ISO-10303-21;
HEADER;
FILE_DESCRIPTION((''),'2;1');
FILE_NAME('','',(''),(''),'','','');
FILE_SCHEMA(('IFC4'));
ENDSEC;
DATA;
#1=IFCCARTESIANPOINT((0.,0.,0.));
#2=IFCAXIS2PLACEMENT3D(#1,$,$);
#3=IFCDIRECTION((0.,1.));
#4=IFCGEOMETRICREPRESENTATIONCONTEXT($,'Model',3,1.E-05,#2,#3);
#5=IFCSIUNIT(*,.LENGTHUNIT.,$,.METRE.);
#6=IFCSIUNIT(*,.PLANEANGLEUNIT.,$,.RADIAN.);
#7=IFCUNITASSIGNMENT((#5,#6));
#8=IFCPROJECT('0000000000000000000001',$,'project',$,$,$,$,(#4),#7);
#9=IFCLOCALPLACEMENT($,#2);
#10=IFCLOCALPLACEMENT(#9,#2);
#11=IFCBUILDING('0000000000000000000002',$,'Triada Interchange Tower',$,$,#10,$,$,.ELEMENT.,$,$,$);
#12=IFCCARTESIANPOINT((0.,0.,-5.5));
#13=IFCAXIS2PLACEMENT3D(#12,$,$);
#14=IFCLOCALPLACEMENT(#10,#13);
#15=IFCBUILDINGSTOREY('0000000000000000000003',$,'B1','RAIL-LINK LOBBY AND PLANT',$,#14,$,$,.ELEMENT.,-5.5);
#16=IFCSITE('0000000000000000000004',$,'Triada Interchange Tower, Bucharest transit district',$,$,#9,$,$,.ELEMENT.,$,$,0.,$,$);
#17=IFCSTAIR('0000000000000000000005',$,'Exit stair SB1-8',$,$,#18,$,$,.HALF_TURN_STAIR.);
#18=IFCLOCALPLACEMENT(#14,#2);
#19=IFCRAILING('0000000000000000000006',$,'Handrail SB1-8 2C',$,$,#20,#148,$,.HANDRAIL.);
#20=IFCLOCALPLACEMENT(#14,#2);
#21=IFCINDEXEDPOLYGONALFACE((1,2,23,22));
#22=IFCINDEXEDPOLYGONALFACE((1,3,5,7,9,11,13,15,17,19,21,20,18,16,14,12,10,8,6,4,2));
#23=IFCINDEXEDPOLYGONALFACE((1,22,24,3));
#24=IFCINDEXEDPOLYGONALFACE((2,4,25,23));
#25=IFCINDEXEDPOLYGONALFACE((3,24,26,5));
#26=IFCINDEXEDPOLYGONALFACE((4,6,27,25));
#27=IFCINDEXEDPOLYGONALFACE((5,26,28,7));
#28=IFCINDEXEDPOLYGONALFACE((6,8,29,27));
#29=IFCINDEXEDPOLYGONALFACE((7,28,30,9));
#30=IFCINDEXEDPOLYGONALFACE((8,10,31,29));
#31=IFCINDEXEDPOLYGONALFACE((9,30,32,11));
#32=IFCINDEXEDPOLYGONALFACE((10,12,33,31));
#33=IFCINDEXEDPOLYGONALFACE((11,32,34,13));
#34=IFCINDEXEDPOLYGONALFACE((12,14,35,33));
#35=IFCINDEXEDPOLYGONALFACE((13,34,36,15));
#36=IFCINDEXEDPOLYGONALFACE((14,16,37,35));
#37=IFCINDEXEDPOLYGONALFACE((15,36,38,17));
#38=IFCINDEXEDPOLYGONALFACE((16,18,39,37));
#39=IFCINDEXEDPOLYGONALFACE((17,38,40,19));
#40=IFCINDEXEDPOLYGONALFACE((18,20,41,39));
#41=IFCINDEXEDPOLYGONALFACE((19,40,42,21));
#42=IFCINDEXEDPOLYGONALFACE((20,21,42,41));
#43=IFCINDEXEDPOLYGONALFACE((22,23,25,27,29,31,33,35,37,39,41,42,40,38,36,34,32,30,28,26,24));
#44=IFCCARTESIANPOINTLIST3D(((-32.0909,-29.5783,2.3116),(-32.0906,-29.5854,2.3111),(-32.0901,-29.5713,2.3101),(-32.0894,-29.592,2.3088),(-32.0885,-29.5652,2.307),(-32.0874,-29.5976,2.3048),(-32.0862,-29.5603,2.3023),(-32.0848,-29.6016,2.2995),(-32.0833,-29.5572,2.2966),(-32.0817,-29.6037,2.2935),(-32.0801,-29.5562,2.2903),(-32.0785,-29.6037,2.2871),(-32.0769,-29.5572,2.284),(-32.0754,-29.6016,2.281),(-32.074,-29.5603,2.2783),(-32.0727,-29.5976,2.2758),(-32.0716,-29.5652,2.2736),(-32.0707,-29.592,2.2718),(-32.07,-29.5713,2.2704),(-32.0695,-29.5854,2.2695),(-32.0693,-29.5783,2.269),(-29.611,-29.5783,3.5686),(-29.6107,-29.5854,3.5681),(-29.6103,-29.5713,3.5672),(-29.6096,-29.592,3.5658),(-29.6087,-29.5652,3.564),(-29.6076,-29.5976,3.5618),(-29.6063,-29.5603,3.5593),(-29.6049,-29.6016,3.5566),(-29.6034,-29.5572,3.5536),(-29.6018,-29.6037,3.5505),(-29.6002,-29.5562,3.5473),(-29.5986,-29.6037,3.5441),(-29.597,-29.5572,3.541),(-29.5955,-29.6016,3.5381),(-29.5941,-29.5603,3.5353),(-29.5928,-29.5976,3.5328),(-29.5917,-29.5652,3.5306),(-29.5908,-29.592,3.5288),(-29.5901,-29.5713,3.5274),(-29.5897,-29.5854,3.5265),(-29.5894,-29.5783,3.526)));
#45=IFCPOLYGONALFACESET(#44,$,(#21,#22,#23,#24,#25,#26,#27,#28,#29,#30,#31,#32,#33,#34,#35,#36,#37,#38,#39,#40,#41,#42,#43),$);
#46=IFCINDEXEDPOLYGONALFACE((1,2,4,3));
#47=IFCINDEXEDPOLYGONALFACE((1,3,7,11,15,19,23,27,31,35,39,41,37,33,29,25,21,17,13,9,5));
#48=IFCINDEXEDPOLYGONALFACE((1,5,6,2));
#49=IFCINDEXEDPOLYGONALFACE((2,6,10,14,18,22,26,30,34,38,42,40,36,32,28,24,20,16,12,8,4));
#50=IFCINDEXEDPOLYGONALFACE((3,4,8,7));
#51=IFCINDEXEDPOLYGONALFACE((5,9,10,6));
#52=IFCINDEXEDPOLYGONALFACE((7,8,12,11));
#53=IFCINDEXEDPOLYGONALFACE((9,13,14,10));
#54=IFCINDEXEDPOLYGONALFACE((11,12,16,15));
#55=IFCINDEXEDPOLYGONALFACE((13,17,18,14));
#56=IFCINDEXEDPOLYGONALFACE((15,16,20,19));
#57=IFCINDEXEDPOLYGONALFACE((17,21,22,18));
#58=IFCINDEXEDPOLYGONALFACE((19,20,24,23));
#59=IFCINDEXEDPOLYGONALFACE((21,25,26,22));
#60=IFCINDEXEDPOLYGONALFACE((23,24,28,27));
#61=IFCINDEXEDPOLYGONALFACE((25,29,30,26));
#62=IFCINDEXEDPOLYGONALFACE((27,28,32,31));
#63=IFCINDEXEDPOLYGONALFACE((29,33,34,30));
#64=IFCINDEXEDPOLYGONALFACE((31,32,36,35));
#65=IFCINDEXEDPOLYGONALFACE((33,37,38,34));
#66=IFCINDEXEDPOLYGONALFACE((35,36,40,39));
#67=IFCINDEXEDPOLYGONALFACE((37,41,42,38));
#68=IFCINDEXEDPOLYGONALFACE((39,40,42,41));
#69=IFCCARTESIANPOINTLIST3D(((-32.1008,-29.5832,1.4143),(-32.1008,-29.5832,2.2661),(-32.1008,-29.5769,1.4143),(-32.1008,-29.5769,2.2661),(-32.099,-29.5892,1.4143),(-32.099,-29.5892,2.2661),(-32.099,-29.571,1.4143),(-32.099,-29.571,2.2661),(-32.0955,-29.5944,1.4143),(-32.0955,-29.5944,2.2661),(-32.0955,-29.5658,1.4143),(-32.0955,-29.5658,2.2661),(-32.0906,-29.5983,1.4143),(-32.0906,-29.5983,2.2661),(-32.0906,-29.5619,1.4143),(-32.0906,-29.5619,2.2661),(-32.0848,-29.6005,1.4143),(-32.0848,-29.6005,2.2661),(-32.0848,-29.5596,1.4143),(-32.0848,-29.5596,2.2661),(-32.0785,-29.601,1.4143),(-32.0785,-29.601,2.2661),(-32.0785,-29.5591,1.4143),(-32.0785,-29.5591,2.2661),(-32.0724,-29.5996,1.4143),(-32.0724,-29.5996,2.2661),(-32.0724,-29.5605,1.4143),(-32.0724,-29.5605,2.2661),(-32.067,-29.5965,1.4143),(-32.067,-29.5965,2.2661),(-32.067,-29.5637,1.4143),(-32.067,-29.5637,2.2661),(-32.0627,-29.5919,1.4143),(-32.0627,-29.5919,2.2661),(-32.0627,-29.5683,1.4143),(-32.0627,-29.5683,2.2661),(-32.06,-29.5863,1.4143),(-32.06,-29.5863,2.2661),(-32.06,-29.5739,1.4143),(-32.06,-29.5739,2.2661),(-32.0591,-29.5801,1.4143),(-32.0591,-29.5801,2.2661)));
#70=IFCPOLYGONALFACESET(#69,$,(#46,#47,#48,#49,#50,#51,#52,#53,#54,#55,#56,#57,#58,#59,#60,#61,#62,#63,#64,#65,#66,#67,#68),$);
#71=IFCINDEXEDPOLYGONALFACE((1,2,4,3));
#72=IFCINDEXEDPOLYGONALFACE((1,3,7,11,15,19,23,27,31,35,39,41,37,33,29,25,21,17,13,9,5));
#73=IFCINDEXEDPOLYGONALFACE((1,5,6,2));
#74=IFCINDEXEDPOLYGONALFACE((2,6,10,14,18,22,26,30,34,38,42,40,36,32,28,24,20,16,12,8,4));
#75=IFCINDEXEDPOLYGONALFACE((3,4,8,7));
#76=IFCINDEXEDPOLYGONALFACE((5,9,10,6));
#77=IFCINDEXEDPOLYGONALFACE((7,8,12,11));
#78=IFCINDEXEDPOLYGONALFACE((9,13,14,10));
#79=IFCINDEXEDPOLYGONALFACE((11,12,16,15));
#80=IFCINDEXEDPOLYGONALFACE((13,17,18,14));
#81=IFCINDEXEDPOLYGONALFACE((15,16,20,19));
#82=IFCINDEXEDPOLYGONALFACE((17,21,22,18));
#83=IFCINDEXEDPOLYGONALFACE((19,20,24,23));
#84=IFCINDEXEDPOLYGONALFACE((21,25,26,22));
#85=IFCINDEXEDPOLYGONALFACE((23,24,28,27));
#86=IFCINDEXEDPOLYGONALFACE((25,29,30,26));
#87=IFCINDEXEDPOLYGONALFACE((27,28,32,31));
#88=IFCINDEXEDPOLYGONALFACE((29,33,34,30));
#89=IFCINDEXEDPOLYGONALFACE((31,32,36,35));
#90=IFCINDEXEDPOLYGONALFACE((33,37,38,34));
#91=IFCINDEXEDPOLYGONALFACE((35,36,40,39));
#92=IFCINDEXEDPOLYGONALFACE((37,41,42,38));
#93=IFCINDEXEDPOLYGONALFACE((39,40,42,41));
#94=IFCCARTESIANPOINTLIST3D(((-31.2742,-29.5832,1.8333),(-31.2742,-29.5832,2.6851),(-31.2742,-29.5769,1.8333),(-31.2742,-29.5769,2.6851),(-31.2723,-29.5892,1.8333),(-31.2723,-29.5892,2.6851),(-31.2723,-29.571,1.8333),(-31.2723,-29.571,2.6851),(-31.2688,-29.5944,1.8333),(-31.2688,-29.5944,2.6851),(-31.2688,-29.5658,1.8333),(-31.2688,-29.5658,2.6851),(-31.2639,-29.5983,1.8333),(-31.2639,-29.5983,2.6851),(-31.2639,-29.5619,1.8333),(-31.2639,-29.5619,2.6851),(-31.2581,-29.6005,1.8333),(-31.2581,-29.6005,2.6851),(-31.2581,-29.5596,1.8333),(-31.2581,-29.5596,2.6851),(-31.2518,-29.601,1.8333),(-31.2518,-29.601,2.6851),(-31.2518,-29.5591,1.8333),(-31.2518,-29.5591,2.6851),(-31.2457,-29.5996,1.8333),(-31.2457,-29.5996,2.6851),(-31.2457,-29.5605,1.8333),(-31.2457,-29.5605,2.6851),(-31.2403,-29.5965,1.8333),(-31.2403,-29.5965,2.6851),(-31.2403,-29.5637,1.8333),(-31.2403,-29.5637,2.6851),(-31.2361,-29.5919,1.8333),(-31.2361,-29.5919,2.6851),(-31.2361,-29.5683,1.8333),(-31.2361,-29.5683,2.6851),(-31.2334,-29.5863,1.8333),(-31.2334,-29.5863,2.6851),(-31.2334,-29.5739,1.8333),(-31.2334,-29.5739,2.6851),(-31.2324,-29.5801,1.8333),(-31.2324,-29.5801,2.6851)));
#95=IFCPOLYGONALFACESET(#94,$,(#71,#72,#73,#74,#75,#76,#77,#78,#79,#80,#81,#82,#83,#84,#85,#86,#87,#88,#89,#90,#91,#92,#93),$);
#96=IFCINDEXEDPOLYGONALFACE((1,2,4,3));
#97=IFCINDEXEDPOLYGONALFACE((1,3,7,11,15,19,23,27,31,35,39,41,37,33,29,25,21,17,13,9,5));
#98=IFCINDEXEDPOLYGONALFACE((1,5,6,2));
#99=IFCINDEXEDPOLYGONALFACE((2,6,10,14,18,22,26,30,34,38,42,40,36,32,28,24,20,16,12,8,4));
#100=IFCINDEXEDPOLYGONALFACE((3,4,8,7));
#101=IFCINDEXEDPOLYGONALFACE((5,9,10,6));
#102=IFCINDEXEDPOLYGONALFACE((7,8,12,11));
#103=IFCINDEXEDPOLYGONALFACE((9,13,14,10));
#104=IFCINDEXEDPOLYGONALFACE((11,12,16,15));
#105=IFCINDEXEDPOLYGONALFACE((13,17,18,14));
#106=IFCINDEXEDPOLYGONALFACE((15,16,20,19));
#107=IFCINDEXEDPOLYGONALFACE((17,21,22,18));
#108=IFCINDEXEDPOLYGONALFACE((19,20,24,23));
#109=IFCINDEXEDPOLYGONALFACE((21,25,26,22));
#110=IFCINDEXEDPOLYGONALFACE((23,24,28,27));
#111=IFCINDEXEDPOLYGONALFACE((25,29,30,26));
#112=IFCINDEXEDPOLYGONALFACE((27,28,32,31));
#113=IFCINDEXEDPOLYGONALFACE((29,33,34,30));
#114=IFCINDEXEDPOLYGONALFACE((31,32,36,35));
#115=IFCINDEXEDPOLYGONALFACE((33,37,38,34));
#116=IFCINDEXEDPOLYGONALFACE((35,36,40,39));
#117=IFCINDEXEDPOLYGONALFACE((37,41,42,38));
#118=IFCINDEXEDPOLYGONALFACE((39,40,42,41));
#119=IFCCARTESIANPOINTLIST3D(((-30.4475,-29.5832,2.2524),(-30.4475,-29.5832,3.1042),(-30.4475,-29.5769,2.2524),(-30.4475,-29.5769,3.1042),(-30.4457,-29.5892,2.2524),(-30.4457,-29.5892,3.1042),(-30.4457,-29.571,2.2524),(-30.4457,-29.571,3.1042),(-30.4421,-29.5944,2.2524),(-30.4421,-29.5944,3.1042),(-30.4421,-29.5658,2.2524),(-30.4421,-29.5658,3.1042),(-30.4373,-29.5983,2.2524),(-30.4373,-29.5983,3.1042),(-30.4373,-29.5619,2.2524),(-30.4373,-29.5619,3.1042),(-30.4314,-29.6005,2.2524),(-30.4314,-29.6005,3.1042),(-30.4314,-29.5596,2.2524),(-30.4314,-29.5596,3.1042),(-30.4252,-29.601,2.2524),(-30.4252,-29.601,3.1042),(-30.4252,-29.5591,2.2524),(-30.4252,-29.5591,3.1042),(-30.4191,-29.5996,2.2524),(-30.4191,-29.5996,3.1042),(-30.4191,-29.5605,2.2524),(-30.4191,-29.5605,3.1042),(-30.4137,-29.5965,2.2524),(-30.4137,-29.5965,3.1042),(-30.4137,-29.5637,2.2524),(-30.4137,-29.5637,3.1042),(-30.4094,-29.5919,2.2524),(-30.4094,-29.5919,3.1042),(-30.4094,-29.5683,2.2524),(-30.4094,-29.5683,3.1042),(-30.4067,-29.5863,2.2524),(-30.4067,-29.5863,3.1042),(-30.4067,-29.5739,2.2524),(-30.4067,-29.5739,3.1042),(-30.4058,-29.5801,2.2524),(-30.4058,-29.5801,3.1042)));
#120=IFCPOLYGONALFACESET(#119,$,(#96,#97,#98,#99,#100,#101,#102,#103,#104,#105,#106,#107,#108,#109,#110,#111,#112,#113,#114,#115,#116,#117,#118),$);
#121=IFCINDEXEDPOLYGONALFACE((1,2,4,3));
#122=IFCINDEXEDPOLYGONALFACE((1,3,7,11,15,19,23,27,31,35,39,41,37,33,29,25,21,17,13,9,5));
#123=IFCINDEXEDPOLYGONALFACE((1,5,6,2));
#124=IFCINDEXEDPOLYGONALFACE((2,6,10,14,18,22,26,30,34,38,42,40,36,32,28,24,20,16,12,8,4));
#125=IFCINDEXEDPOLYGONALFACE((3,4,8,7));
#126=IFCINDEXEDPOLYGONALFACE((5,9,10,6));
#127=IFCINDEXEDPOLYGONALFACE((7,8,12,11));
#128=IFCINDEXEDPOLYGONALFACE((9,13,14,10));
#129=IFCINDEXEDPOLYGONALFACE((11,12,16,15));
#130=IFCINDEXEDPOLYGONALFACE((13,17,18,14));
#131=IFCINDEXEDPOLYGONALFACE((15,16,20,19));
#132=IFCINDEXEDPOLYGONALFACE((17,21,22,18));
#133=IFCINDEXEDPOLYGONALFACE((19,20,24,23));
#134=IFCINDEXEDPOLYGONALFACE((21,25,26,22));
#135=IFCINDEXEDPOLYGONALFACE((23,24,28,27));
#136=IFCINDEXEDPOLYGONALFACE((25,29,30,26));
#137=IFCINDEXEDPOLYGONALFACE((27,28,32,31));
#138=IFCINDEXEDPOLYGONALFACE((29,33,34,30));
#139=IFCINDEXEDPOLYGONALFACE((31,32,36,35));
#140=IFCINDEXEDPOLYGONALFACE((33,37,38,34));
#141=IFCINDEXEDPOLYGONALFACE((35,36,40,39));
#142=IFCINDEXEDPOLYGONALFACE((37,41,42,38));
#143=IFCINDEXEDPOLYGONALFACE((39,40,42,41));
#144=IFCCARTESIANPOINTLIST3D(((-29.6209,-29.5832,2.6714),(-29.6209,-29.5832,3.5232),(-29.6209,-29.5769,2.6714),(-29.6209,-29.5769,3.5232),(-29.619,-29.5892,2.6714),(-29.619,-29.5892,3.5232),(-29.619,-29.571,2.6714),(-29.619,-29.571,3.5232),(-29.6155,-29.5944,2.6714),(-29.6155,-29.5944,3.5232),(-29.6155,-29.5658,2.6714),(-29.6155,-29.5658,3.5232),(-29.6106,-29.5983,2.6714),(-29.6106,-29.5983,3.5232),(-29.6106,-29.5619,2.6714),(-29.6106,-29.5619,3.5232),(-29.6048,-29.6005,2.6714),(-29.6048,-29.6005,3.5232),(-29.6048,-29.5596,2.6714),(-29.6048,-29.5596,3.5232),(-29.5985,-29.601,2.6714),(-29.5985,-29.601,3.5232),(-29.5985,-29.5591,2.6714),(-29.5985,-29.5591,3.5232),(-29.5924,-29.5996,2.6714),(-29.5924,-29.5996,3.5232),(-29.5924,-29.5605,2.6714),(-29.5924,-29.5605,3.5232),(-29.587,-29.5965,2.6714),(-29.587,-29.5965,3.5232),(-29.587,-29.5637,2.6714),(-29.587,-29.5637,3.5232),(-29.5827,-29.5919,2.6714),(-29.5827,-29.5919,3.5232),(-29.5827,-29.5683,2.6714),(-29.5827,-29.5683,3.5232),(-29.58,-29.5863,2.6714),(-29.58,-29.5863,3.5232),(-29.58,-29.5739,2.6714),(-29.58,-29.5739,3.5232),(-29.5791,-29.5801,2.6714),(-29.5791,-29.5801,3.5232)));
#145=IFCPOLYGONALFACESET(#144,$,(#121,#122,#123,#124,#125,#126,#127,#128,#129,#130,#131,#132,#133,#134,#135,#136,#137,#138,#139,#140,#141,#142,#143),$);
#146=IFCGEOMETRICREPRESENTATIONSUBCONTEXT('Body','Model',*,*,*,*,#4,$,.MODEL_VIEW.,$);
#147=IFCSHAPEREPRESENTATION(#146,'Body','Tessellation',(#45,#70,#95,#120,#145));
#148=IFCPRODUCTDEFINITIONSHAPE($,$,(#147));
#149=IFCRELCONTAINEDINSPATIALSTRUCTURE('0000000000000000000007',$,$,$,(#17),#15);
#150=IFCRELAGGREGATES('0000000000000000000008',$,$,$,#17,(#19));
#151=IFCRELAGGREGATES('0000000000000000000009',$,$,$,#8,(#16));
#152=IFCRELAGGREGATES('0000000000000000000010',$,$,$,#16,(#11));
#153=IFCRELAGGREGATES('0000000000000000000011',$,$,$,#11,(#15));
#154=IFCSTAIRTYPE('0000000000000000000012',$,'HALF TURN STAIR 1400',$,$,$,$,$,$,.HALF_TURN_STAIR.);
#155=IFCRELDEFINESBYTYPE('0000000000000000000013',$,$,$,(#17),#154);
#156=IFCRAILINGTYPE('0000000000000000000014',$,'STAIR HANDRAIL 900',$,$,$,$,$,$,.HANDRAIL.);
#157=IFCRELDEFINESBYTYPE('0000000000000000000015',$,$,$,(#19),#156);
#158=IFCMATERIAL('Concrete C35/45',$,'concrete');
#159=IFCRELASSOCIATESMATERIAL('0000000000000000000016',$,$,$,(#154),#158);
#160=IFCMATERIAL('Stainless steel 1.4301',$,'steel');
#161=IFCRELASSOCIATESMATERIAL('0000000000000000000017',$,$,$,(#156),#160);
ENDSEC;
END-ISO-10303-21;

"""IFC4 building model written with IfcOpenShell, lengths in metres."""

from ifc_helpers import new_model, si_unit, direction, frame, origin, origin_2d, place, context, subcontext, project, spatial, circle, extrude, material, type_object, element, aggregate, save


model = new_model("IFC4")

# Units and contexts
model_context = context("Model", 3, precision=1e-05, world=origin(), true_north=direction((0.0, 1.0)))
body_context = subcontext(model_context, "Body", "Model", "MODEL_VIEW")
ifc_project = project(units=[si_unit("LENGTHUNIT", "METRE"), si_unit("PLANEANGLEUNIT", "RADIAN")], contexts=[model_context])

# Site, building, storey
site_placement = place(None, origin())
site = spatial("IfcSite", under=ifc_project, at=site_placement, Name="Triada Interchange Tower, Bucharest transit district", CompositionType="ELEMENT", RefElevation=0.0)
building_placement = place(site_placement, origin())
building = spatial("IfcBuilding", under=site, at=building_placement, Name="Triada Interchange Tower", CompositionType="ELEMENT")
storey_placement = place(building_placement, frame((0.0, 0.0, -5.5)))
storey = spatial("IfcBuildingStorey", under=building, at=storey_placement, Name="B1", Description="RAIL-LINK LOBBY AND PLANT", CompositionType="ELEMENT", Elevation=-5.5)

# Shared definitions
ifc_material_1 = material(Name="Concrete C35/45", Category="concrete")

# Stair, railing
stair_type = type_object("IfcStairType", Name="HALF TURN STAIR 1400", PredefinedType="HALF_TURN_STAIR", material=ifc_material_1)
stair_placement = place(storey_placement, origin())
stair = element("IfcStair", 1, at=stair_placement, inside=storey, type_object=stair_type, Name="Exit stair SB1-8", PredefinedType="HALF_TURN_STAIR")
ifc_material_2 = material(Name="Stainless steel 1.4301", Category="steel")
railing_type_1 = type_object("IfcRailingType", Name="STAIR HANDRAIL 900", PredefinedType="HANDRAIL", material=ifc_material_2)
railing_1_placement = place(storey_placement, frame((-32.0801, -29.5801, 1.4143)))
railing_1 = element("IfcRailing", 2, at=railing_1_placement, type_object=railing_type_1, Name="Handrail SB1-8 2C", PredefinedType="HANDRAIL", context=body_context, shape_type="SweptSolid", body=[
    extrude(circle(Radius=0.0239, at=origin_2d()), frame((0.0, 0.0, 0.876), z_axis=(0.891955, 0.0, 0.452124), x_axis=(0.0, 1.0, 0.0)), (0.0, 0.0, 1.0), 2.7803),
    extrude(circle(Radius=0.021, at=origin_2d()), origin(), (0.0, 0.0, 1.0), 0.8518),
    extrude(circle(Radius=0.021, at=origin_2d()), frame((0.8267, 0.0, 0.4189)), (0.0, 0.0, 1.0), 0.8518),
    extrude(circle(Radius=0.021, at=origin_2d()), frame((1.6533, 0.0, 0.8381)), (0.0, 0.0, 1.0), 0.8518),
    extrude(circle(Radius=0.021, at=origin_2d()), frame((2.48, 0.0, 1.2571)), (0.0, 0.0, 1.0), 0.8518),
])
aggregate(stair, [railing_1])

save(model, "model.ifc")
